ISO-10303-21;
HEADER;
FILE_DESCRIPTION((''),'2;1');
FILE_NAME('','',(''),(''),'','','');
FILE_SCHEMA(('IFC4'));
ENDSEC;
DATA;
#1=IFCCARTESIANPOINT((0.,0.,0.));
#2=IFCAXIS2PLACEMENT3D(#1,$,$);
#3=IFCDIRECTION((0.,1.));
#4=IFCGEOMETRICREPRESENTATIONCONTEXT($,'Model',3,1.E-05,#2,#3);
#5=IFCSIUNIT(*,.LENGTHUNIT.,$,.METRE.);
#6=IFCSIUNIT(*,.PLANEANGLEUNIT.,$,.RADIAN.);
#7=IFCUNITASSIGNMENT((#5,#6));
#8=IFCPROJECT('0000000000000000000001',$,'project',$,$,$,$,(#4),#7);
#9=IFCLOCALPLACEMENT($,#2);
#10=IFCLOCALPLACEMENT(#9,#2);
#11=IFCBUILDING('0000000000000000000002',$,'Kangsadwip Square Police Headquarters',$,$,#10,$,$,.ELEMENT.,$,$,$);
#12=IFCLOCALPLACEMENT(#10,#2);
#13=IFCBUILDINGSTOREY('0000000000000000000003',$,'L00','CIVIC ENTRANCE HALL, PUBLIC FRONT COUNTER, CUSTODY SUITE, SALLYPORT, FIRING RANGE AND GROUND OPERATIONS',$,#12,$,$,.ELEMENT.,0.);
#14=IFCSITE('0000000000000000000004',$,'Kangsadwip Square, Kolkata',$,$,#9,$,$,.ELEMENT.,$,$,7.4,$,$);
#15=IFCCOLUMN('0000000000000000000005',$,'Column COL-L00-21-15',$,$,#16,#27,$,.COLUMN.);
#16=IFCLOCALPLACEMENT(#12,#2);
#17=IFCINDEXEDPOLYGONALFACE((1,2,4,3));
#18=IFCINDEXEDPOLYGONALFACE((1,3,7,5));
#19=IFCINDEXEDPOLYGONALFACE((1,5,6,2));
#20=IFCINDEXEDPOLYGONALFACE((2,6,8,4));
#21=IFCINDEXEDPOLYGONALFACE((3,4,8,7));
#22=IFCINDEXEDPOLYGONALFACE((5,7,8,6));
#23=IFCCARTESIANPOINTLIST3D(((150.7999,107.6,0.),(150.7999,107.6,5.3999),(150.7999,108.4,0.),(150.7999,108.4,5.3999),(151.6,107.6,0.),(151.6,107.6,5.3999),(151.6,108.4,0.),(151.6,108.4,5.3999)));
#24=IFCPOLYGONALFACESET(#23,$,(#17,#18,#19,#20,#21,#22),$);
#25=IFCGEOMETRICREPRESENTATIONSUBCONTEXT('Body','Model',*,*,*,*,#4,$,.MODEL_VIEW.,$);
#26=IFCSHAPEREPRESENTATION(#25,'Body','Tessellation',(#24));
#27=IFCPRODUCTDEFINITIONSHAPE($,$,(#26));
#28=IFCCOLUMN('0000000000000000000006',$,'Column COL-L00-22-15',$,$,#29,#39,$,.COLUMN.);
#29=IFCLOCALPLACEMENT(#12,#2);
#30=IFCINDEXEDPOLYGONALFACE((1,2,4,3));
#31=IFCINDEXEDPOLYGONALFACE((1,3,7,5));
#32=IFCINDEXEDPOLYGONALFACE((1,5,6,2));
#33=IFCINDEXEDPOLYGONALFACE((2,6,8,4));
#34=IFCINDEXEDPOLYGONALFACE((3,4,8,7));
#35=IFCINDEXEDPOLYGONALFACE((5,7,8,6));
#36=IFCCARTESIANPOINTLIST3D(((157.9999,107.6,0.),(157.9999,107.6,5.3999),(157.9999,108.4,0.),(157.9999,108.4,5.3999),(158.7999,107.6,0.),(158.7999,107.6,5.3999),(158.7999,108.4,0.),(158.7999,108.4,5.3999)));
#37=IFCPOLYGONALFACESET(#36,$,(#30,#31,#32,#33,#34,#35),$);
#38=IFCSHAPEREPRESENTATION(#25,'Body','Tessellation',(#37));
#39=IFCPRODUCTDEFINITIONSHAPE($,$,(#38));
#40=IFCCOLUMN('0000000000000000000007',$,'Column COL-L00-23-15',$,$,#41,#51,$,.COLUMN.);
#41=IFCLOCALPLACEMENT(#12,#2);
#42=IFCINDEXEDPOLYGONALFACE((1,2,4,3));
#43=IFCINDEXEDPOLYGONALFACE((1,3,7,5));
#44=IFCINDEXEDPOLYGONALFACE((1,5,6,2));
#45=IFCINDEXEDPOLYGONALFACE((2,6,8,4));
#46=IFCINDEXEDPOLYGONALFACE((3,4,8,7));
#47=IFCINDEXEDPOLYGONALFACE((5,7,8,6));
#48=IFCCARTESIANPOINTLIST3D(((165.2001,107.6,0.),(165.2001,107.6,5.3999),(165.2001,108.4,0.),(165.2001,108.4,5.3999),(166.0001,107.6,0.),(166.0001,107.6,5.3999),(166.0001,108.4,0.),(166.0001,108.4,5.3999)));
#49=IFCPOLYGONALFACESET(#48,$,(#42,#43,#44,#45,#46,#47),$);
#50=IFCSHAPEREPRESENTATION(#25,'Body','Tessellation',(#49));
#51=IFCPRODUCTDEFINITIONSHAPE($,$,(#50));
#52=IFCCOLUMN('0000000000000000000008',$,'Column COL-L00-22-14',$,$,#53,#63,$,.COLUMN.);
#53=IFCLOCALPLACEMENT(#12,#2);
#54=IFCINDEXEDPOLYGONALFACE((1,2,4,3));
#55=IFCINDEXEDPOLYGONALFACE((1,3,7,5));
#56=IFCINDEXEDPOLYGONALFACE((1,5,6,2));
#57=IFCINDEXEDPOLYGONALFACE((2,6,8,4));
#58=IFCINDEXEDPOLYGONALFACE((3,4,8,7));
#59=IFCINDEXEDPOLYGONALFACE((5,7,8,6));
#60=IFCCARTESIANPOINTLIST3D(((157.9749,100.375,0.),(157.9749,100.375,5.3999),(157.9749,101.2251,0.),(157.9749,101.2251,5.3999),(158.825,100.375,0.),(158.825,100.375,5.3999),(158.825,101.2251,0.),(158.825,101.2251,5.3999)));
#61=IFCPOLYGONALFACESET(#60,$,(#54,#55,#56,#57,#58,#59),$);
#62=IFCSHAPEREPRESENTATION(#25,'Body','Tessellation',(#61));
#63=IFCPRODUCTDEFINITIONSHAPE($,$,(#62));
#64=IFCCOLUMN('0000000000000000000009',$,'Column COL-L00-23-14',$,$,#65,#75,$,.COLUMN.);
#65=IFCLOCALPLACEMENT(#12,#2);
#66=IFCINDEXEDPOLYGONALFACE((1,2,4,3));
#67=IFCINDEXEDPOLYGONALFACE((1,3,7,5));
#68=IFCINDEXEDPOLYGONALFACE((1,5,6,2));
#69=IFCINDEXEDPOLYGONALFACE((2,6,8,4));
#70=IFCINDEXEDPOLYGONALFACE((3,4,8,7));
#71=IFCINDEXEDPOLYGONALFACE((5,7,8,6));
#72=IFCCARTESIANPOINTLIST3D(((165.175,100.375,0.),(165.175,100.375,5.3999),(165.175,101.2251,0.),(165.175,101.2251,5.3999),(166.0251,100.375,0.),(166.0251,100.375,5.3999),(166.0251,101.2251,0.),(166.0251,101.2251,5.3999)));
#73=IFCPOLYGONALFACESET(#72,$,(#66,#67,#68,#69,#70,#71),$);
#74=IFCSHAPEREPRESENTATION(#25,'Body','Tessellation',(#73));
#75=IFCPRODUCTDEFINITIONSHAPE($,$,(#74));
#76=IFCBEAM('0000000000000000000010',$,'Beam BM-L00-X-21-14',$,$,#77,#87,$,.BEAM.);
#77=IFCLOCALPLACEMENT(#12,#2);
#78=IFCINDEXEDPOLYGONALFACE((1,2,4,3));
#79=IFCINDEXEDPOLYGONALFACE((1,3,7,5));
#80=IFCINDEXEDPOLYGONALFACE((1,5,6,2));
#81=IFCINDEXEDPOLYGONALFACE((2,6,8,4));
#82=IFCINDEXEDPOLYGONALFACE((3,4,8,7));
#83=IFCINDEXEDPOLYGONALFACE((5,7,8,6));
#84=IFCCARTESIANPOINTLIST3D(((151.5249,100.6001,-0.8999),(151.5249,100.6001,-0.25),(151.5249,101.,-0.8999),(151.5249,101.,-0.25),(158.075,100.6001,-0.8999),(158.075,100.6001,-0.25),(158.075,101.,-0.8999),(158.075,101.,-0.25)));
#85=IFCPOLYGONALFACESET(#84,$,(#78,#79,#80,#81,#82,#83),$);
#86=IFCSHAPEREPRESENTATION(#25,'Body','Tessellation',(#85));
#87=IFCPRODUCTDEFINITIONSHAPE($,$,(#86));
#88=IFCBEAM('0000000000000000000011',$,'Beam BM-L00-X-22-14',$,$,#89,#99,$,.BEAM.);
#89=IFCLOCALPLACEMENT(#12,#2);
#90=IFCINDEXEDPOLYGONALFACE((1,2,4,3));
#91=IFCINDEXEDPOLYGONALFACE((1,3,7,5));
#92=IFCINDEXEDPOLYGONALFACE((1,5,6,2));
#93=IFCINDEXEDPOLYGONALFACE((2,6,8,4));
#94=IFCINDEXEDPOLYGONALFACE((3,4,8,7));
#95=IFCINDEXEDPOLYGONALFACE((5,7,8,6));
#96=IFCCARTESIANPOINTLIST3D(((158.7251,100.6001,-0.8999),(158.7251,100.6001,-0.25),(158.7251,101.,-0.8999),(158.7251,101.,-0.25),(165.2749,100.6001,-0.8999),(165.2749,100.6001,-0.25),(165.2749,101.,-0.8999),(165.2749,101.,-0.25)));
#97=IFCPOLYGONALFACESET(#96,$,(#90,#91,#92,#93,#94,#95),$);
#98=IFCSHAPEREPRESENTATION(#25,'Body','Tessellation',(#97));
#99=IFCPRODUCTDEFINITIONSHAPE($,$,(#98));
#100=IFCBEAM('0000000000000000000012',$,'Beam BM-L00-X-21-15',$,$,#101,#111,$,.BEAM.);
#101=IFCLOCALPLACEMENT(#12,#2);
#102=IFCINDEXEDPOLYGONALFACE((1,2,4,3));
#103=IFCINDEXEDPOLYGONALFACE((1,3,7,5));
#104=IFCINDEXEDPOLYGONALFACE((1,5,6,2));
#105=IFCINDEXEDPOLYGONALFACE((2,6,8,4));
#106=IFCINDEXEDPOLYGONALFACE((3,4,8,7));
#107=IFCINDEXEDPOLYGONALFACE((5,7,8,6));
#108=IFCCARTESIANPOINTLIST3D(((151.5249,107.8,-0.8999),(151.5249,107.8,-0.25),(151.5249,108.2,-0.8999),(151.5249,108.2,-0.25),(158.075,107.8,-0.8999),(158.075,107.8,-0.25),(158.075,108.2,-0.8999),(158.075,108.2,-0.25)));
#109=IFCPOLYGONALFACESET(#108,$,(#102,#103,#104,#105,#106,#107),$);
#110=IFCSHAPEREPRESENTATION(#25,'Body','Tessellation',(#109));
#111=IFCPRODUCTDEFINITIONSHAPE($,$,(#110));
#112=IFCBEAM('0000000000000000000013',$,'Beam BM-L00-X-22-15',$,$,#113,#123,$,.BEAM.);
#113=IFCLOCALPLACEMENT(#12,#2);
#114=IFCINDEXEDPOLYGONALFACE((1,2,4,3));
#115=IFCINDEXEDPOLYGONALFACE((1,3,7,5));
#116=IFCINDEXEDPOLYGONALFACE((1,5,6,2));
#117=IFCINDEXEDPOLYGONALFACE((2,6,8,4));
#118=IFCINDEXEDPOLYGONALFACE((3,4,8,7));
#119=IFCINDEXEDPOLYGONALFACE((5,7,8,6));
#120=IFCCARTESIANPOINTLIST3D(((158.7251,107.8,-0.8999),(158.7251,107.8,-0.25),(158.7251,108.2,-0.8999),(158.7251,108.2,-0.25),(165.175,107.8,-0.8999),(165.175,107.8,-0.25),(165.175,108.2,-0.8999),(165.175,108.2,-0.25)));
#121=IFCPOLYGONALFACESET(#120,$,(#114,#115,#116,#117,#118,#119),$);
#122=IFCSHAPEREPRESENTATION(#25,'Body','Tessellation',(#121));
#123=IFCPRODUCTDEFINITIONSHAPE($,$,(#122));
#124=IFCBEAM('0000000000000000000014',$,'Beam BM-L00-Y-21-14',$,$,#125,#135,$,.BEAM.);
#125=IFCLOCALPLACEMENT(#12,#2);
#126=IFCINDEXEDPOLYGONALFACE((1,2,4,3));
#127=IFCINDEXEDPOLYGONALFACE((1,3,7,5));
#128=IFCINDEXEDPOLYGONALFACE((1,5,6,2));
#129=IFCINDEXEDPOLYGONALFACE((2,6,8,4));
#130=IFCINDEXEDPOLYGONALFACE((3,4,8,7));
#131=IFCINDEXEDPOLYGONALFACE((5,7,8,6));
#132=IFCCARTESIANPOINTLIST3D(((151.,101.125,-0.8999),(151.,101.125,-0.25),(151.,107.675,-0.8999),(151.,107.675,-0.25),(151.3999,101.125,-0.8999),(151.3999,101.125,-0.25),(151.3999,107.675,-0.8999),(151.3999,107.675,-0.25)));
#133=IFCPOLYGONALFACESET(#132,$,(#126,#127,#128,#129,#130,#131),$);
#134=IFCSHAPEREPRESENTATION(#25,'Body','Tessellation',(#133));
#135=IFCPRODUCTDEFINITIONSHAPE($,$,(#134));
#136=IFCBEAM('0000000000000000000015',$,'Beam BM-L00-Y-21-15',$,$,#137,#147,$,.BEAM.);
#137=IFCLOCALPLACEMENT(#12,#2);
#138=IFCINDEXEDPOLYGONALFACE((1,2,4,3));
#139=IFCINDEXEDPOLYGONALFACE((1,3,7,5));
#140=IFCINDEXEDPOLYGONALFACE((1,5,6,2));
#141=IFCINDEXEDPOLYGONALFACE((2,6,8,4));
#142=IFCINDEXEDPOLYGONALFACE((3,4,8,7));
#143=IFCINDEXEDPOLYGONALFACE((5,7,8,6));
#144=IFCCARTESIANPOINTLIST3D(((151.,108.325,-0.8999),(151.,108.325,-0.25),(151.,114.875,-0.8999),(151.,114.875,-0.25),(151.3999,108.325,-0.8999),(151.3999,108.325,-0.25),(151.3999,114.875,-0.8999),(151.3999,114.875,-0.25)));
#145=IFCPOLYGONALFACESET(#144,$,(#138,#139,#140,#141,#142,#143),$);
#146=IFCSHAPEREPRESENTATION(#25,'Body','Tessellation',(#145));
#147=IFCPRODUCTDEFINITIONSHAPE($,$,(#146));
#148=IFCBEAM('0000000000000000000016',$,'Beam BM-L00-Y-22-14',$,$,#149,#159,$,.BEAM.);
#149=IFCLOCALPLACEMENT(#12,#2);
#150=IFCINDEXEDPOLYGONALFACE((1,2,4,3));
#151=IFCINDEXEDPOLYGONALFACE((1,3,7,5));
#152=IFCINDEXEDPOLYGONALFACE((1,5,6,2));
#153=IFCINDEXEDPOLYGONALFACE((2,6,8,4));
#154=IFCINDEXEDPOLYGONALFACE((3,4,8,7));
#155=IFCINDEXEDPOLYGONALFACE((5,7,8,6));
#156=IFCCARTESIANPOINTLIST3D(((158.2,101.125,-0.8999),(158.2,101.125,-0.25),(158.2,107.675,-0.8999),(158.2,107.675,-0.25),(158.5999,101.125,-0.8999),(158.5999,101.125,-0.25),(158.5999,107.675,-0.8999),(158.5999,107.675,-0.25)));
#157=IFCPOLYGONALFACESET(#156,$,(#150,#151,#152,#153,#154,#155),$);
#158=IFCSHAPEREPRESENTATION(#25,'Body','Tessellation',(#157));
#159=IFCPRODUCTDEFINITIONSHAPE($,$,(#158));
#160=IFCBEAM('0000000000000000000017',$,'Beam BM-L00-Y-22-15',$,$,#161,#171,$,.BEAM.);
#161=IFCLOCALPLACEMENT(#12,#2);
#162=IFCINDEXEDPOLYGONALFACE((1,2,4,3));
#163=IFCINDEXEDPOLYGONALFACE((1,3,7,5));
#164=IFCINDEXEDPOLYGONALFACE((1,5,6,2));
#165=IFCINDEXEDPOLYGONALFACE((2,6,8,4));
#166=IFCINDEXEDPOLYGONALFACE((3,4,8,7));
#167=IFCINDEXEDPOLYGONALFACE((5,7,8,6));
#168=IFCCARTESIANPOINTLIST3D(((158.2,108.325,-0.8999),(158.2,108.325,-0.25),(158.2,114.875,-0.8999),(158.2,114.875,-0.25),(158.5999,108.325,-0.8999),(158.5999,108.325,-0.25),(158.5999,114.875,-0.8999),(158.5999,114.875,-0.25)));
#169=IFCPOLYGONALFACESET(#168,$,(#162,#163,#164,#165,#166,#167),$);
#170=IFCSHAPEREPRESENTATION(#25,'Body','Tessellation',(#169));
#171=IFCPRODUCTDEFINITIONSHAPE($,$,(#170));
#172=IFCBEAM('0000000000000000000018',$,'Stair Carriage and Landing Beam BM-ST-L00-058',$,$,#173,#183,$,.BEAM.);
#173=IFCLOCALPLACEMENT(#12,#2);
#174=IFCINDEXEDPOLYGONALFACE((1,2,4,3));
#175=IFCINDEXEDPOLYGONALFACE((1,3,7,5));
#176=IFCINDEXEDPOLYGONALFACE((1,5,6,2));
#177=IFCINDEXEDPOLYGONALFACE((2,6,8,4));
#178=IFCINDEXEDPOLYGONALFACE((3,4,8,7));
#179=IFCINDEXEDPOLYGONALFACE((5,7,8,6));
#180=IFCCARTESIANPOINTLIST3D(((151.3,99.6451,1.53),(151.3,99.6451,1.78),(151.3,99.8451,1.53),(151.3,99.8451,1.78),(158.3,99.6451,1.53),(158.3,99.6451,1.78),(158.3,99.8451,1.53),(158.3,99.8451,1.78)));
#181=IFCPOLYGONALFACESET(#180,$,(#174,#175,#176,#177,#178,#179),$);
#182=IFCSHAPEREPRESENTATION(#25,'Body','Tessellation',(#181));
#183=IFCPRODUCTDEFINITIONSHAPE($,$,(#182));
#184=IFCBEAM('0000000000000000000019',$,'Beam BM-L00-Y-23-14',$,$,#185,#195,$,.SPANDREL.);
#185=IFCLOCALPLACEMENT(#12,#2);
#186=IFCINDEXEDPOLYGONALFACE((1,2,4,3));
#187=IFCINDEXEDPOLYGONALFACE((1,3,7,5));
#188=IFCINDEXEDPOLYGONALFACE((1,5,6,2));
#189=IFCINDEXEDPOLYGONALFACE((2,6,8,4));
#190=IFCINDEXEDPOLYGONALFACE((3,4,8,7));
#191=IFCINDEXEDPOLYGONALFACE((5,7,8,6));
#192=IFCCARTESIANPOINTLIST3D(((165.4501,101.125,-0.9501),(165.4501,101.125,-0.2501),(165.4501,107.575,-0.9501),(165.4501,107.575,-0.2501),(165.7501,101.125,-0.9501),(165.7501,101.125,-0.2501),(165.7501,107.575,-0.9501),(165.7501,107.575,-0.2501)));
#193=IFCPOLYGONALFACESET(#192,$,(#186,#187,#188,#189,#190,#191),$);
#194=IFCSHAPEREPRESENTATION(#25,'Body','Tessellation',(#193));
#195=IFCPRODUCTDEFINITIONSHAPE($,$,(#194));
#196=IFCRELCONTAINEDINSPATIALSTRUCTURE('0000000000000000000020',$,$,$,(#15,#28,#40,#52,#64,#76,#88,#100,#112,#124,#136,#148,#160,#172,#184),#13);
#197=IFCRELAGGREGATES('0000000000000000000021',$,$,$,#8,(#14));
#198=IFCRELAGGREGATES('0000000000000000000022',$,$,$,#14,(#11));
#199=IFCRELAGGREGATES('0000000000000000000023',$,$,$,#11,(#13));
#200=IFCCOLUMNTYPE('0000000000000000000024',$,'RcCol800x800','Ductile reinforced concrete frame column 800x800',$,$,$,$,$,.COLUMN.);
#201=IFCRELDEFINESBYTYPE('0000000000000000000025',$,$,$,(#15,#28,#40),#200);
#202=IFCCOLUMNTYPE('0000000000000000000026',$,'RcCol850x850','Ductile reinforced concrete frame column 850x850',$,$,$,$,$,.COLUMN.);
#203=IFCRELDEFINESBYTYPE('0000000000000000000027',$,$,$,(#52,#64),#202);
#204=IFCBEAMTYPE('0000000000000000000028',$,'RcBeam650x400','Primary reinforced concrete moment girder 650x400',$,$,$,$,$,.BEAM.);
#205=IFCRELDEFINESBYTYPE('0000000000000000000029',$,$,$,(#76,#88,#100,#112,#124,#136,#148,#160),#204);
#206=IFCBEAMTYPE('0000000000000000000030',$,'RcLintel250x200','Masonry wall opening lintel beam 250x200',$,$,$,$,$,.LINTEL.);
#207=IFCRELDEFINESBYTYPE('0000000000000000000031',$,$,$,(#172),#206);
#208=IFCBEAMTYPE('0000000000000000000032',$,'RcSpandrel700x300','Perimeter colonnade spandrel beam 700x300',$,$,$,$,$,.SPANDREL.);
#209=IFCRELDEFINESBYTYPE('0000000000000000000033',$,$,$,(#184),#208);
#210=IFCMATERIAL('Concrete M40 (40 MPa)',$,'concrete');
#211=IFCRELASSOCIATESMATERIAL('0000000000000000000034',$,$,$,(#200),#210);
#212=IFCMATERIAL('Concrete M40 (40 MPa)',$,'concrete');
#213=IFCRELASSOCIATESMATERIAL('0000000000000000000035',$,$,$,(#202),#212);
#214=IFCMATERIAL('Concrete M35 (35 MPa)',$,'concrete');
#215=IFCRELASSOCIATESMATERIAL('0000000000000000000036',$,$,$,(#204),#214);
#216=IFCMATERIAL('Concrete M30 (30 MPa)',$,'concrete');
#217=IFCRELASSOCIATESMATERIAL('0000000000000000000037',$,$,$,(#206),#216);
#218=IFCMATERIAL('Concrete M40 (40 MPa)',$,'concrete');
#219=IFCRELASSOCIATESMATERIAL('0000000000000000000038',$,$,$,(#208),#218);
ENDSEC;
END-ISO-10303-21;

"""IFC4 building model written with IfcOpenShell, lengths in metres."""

from ifc_helpers import new_model, si_unit, direction, frame, origin, origin_2d, place, context, subcontext, project, spatial, rectangle, extrude, material, material_profile, profile_set, type_object, element, save


model = new_model("IFC4")

# Units and contexts
model_context = context("Model", 3, precision=1e-05, world=origin(), true_north=direction((0.0, 1.0)))
body_context = subcontext(model_context, "Body", "Model", "MODEL_VIEW")
ifc_project = project(units=[si_unit("LENGTHUNIT", "METRE"), si_unit("PLANEANGLEUNIT", "RADIAN")], contexts=[model_context])

# Site, building, storey
site_placement = place(None, origin())
site = spatial("IfcSite", under=ifc_project, at=site_placement, Name="Kangsadwip Square, Kolkata", CompositionType="ELEMENT", RefElevation=7.4)
building_placement = place(site_placement, origin())
building = spatial("IfcBuilding", under=site, at=building_placement, Name="Kangsadwip Square Police Headquarters", CompositionType="ELEMENT")
storey_placement = place(building_placement, origin())
storey = spatial("IfcBuildingStorey", under=building, at=storey_placement, Name="L00", Description="CIVIC ENTRANCE HALL, PUBLIC FRONT COUNTER, CUSTODY SUITE, SALLYPORT, FIRING RANGE AND GROUND OPERATIONS", CompositionType="ELEMENT", Elevation=0.0)

# Columns
ifc_material_1 = material(Name="Concrete M40 (40 MPa)", Category="concrete")
ifc_material_profile_1 = material_profile(ifc_material_1, rectangle(XDim=0.8, YDim=0.8, at=origin_2d()), Name="RC COL 800X800")
ifc_profile_set_1 = profile_set([ifc_material_profile_1], Name="Concrete M40 (40 MPa)")
column_type_1 = type_object("IfcColumnType", Name="RcCol800x800", Description="Ductile reinforced concrete frame column 800x800", PredefinedType="COLUMN", material=ifc_profile_set_1)
for number, where, z_axis, x_axis, name in (
    (1, (151.2, 108.0, 0.0), (0.0, 0.0, 1.0), (1.0, 0.0, 0.0), "Column COL-L00-21-15"),
    (2, (158.3999, 108.0, 0.0), (0.0, 0.0, 1.0), (1.0, 0.0, 0.0), "Column COL-L00-22-15"),
    (3, (165.6001, 108.0, 0.0), (0.0, 0.0, 1.0), (1.0, 0.0, 0.0), "Column COL-L00-23-15"),
):
    element("IfcColumn", number, at=place(storey_placement, frame(where, z_axis=z_axis, x_axis=x_axis)), inside=storey, type_object=column_type_1, Name=name, PredefinedType="COLUMN", context=body_context, shape_type="SweptSolid", body=[
        extrude(rectangle(XDim=0.8, YDim=0.8, at=origin_2d()), origin(), (0.0, 0.0, 1.0), 5.3999),
    ])
ifc_material_2 = material(Name="Concrete M40 (40 MPa)", Category="concrete")
ifc_material_profile_2 = material_profile(ifc_material_2, rectangle(XDim=0.8501, YDim=0.8501, at=origin_2d()), Name="RC COL 850X850")
ifc_profile_set_2 = profile_set([ifc_material_profile_2], Name="Concrete M40 (40 MPa)")
column_type_2 = type_object("IfcColumnType", Name="RcCol850x850", Description="Ductile reinforced concrete frame column 850x850", PredefinedType="COLUMN", material=ifc_profile_set_2)
for number, where, z_axis, x_axis, name in (
    (4, (158.3999, 100.8, 0.0), (0.0, 0.0, 1.0), (1.0, 0.0, 0.0), "Column COL-L00-22-14"),
    (5, (165.6001, 100.8, 0.0), (0.0, 0.0, 1.0), (1.0, 0.0, 0.0), "Column COL-L00-23-14"),
):
    element("IfcColumn", number, at=place(storey_placement, frame(where, z_axis=z_axis, x_axis=x_axis)), inside=storey, type_object=column_type_2, Name=name, PredefinedType="COLUMN", context=body_context, shape_type="SweptSolid", body=[
        extrude(rectangle(XDim=0.8501, YDim=0.8501, at=origin_2d()), origin(), (0.0, 0.0, 1.0), 5.3999),
    ])

# Beams
ifc_material_3 = material(Name="Concrete M35 (35 MPa)", Category="concrete")
ifc_material_profile_3 = material_profile(ifc_material_3, rectangle(XDim=0.3999, YDim=0.6499, at=origin_2d()), Name="RC BM 650X400")
ifc_profile_set_3 = profile_set([ifc_material_profile_3], Name="Concrete M35 (35 MPa)")
beam_type_1 = type_object("IfcBeamType", Name="RcBeam650x400", Description="Primary reinforced concrete moment girder 650x400", PredefinedType="BEAM", material=ifc_profile_set_3)
beam_1_placement = place(storey_placement, frame((151.5249, 100.8, -0.575), z_axis=(1.0, 0.0, 0.0), x_axis=(0.0, 1.0, 0.0)))
element("IfcBeam", 6, at=beam_1_placement, inside=storey, type_object=beam_type_1, Name="Beam BM-L00-X-21-14", PredefinedType="BEAM", context=body_context, shape_type="SweptSolid", body=[
    extrude(rectangle(XDim=0.3999, YDim=0.6499, at=origin_2d()), origin(), (0.0, 0.0, 1.0), 6.55),
])
beam_2_placement = place(storey_placement, frame((158.7251, 100.8, -0.575), z_axis=(1.0, 0.0, 0.0), x_axis=(0.0, 1.0, 0.0)))
element("IfcBeam", 7, at=beam_2_placement, inside=storey, type_object=beam_type_1, Name="Beam BM-L00-X-22-14", PredefinedType="BEAM", context=body_context, shape_type="SweptSolid", body=[
    extrude(rectangle(XDim=0.3999, YDim=0.6499, at=origin_2d()), origin(), (0.0, 0.0, 1.0), 6.5498),
])
beam_3_placement = place(storey_placement, frame((151.5249, 108.0, -0.575), z_axis=(1.0, 0.0, 0.0), x_axis=(0.0, 1.0, 0.0)))
element("IfcBeam", 8, at=beam_3_placement, inside=storey, type_object=beam_type_1, Name="Beam BM-L00-X-21-15", PredefinedType="BEAM", context=body_context, shape_type="SweptSolid", body=[
    extrude(rectangle(XDim=0.3999, YDim=0.6499, at=origin_2d()), origin(), (0.0, 0.0, 1.0), 6.55),
])
beam_4_placement = place(storey_placement, frame((158.7251, 108.0, -0.575), z_axis=(1.0, 0.0, 0.0), x_axis=(0.0, 1.0, 0.0)))
element("IfcBeam", 9, at=beam_4_placement, inside=storey, type_object=beam_type_1, Name="Beam BM-L00-X-22-15", PredefinedType="BEAM", context=body_context, shape_type="SweptSolid", body=[
    extrude(rectangle(XDim=0.3999, YDim=0.6499, at=origin_2d()), origin(), (0.0, 0.0, 1.0), 6.45),
])
for number, where, z_axis, x_axis, name in (
    (10, (151.2, 101.125, -0.575), (0.0, 1.0, 0.0), (-1.0, 0.0, 0.0), "Beam BM-L00-Y-21-14"),
    (11, (151.2, 108.325, -0.575), (0.0, 1.0, 0.0), (-1.0, 0.0, 0.0), "Beam BM-L00-Y-21-15"),
    (12, (158.3999, 101.125, -0.575), (0.0, 1.0, 0.0), (-1.0, 0.0, 0.0), "Beam BM-L00-Y-22-14"),
    (13, (158.3999, 108.325, -0.575), (0.0, 1.0, 0.0), (-1.0, 0.0, 0.0), "Beam BM-L00-Y-22-15"),
):
    element("IfcBeam", number, at=place(storey_placement, frame(where, z_axis=z_axis, x_axis=x_axis)), inside=storey, type_object=beam_type_1, Name=name, PredefinedType="BEAM", context=body_context, shape_type="SweptSolid", body=[
        extrude(rectangle(XDim=0.3999, YDim=0.6499, at=origin_2d()), origin(), (0.0, 0.0, 1.0), 6.55),
    ])
ifc_material_4 = material(Name="Concrete M30 (30 MPa)", Category="concrete")
ifc_material_profile_4 = material_profile(ifc_material_4, rectangle(XDim=0.2, YDim=0.25, at=origin_2d()), Name="RC LNT 250X200")
ifc_profile_set_4 = profile_set([ifc_material_profile_4], Name="Concrete M30 (30 MPa)")
beam_type_2 = type_object("IfcBeamType", Name="RcLintel250x200", Description="Masonry wall opening lintel beam 250x200", PredefinedType="LINTEL", material=ifc_profile_set_4)
beam_5_placement = place(storey_placement, frame((151.3, 99.7451, 1.655), z_axis=(1.0, 0.0, 0.0), x_axis=(0.0, 1.0, 0.0)))
element("IfcBeam", 14, at=beam_5_placement, inside=storey, type_object=beam_type_2, Name="Stair Carriage and Landing Beam BM-ST-L00-058", PredefinedType="BEAM", context=body_context, shape_type="SweptSolid", body=[
    extrude(rectangle(XDim=0.2, YDim=0.25, at=origin_2d()), origin(), (0.0, 0.0, 1.0), 7.0),
])
ifc_material_5 = material(Name="Concrete M40 (40 MPa)", Category="concrete")
ifc_material_profile_5 = material_profile(ifc_material_5, rectangle(XDim=0.3, YDim=0.7, at=origin_2d()), Name="RC SPN 700X300")
ifc_profile_set_5 = profile_set([ifc_material_profile_5], Name="Concrete M40 (40 MPa)")
beam_type_3 = type_object("IfcBeamType", Name="RcSpandrel700x300", Description="Perimeter colonnade spandrel beam 700x300", PredefinedType="SPANDREL", material=ifc_profile_set_5)
beam_6_placement = place(storey_placement, frame((165.6001, 101.125, -0.6001), z_axis=(0.0, 1.0, 0.0), x_axis=(-1.0, 0.0, 0.0)))
element("IfcBeam", 15, at=beam_6_placement, inside=storey, type_object=beam_type_3, Name="Beam BM-L00-Y-23-14", PredefinedType="SPANDREL", context=body_context, shape_type="SweptSolid", body=[
    extrude(rectangle(XDim=0.3, YDim=0.7, at=origin_2d()), origin(), (0.0, 0.0, 1.0), 6.45),
])

save(model, "model.ifc")
